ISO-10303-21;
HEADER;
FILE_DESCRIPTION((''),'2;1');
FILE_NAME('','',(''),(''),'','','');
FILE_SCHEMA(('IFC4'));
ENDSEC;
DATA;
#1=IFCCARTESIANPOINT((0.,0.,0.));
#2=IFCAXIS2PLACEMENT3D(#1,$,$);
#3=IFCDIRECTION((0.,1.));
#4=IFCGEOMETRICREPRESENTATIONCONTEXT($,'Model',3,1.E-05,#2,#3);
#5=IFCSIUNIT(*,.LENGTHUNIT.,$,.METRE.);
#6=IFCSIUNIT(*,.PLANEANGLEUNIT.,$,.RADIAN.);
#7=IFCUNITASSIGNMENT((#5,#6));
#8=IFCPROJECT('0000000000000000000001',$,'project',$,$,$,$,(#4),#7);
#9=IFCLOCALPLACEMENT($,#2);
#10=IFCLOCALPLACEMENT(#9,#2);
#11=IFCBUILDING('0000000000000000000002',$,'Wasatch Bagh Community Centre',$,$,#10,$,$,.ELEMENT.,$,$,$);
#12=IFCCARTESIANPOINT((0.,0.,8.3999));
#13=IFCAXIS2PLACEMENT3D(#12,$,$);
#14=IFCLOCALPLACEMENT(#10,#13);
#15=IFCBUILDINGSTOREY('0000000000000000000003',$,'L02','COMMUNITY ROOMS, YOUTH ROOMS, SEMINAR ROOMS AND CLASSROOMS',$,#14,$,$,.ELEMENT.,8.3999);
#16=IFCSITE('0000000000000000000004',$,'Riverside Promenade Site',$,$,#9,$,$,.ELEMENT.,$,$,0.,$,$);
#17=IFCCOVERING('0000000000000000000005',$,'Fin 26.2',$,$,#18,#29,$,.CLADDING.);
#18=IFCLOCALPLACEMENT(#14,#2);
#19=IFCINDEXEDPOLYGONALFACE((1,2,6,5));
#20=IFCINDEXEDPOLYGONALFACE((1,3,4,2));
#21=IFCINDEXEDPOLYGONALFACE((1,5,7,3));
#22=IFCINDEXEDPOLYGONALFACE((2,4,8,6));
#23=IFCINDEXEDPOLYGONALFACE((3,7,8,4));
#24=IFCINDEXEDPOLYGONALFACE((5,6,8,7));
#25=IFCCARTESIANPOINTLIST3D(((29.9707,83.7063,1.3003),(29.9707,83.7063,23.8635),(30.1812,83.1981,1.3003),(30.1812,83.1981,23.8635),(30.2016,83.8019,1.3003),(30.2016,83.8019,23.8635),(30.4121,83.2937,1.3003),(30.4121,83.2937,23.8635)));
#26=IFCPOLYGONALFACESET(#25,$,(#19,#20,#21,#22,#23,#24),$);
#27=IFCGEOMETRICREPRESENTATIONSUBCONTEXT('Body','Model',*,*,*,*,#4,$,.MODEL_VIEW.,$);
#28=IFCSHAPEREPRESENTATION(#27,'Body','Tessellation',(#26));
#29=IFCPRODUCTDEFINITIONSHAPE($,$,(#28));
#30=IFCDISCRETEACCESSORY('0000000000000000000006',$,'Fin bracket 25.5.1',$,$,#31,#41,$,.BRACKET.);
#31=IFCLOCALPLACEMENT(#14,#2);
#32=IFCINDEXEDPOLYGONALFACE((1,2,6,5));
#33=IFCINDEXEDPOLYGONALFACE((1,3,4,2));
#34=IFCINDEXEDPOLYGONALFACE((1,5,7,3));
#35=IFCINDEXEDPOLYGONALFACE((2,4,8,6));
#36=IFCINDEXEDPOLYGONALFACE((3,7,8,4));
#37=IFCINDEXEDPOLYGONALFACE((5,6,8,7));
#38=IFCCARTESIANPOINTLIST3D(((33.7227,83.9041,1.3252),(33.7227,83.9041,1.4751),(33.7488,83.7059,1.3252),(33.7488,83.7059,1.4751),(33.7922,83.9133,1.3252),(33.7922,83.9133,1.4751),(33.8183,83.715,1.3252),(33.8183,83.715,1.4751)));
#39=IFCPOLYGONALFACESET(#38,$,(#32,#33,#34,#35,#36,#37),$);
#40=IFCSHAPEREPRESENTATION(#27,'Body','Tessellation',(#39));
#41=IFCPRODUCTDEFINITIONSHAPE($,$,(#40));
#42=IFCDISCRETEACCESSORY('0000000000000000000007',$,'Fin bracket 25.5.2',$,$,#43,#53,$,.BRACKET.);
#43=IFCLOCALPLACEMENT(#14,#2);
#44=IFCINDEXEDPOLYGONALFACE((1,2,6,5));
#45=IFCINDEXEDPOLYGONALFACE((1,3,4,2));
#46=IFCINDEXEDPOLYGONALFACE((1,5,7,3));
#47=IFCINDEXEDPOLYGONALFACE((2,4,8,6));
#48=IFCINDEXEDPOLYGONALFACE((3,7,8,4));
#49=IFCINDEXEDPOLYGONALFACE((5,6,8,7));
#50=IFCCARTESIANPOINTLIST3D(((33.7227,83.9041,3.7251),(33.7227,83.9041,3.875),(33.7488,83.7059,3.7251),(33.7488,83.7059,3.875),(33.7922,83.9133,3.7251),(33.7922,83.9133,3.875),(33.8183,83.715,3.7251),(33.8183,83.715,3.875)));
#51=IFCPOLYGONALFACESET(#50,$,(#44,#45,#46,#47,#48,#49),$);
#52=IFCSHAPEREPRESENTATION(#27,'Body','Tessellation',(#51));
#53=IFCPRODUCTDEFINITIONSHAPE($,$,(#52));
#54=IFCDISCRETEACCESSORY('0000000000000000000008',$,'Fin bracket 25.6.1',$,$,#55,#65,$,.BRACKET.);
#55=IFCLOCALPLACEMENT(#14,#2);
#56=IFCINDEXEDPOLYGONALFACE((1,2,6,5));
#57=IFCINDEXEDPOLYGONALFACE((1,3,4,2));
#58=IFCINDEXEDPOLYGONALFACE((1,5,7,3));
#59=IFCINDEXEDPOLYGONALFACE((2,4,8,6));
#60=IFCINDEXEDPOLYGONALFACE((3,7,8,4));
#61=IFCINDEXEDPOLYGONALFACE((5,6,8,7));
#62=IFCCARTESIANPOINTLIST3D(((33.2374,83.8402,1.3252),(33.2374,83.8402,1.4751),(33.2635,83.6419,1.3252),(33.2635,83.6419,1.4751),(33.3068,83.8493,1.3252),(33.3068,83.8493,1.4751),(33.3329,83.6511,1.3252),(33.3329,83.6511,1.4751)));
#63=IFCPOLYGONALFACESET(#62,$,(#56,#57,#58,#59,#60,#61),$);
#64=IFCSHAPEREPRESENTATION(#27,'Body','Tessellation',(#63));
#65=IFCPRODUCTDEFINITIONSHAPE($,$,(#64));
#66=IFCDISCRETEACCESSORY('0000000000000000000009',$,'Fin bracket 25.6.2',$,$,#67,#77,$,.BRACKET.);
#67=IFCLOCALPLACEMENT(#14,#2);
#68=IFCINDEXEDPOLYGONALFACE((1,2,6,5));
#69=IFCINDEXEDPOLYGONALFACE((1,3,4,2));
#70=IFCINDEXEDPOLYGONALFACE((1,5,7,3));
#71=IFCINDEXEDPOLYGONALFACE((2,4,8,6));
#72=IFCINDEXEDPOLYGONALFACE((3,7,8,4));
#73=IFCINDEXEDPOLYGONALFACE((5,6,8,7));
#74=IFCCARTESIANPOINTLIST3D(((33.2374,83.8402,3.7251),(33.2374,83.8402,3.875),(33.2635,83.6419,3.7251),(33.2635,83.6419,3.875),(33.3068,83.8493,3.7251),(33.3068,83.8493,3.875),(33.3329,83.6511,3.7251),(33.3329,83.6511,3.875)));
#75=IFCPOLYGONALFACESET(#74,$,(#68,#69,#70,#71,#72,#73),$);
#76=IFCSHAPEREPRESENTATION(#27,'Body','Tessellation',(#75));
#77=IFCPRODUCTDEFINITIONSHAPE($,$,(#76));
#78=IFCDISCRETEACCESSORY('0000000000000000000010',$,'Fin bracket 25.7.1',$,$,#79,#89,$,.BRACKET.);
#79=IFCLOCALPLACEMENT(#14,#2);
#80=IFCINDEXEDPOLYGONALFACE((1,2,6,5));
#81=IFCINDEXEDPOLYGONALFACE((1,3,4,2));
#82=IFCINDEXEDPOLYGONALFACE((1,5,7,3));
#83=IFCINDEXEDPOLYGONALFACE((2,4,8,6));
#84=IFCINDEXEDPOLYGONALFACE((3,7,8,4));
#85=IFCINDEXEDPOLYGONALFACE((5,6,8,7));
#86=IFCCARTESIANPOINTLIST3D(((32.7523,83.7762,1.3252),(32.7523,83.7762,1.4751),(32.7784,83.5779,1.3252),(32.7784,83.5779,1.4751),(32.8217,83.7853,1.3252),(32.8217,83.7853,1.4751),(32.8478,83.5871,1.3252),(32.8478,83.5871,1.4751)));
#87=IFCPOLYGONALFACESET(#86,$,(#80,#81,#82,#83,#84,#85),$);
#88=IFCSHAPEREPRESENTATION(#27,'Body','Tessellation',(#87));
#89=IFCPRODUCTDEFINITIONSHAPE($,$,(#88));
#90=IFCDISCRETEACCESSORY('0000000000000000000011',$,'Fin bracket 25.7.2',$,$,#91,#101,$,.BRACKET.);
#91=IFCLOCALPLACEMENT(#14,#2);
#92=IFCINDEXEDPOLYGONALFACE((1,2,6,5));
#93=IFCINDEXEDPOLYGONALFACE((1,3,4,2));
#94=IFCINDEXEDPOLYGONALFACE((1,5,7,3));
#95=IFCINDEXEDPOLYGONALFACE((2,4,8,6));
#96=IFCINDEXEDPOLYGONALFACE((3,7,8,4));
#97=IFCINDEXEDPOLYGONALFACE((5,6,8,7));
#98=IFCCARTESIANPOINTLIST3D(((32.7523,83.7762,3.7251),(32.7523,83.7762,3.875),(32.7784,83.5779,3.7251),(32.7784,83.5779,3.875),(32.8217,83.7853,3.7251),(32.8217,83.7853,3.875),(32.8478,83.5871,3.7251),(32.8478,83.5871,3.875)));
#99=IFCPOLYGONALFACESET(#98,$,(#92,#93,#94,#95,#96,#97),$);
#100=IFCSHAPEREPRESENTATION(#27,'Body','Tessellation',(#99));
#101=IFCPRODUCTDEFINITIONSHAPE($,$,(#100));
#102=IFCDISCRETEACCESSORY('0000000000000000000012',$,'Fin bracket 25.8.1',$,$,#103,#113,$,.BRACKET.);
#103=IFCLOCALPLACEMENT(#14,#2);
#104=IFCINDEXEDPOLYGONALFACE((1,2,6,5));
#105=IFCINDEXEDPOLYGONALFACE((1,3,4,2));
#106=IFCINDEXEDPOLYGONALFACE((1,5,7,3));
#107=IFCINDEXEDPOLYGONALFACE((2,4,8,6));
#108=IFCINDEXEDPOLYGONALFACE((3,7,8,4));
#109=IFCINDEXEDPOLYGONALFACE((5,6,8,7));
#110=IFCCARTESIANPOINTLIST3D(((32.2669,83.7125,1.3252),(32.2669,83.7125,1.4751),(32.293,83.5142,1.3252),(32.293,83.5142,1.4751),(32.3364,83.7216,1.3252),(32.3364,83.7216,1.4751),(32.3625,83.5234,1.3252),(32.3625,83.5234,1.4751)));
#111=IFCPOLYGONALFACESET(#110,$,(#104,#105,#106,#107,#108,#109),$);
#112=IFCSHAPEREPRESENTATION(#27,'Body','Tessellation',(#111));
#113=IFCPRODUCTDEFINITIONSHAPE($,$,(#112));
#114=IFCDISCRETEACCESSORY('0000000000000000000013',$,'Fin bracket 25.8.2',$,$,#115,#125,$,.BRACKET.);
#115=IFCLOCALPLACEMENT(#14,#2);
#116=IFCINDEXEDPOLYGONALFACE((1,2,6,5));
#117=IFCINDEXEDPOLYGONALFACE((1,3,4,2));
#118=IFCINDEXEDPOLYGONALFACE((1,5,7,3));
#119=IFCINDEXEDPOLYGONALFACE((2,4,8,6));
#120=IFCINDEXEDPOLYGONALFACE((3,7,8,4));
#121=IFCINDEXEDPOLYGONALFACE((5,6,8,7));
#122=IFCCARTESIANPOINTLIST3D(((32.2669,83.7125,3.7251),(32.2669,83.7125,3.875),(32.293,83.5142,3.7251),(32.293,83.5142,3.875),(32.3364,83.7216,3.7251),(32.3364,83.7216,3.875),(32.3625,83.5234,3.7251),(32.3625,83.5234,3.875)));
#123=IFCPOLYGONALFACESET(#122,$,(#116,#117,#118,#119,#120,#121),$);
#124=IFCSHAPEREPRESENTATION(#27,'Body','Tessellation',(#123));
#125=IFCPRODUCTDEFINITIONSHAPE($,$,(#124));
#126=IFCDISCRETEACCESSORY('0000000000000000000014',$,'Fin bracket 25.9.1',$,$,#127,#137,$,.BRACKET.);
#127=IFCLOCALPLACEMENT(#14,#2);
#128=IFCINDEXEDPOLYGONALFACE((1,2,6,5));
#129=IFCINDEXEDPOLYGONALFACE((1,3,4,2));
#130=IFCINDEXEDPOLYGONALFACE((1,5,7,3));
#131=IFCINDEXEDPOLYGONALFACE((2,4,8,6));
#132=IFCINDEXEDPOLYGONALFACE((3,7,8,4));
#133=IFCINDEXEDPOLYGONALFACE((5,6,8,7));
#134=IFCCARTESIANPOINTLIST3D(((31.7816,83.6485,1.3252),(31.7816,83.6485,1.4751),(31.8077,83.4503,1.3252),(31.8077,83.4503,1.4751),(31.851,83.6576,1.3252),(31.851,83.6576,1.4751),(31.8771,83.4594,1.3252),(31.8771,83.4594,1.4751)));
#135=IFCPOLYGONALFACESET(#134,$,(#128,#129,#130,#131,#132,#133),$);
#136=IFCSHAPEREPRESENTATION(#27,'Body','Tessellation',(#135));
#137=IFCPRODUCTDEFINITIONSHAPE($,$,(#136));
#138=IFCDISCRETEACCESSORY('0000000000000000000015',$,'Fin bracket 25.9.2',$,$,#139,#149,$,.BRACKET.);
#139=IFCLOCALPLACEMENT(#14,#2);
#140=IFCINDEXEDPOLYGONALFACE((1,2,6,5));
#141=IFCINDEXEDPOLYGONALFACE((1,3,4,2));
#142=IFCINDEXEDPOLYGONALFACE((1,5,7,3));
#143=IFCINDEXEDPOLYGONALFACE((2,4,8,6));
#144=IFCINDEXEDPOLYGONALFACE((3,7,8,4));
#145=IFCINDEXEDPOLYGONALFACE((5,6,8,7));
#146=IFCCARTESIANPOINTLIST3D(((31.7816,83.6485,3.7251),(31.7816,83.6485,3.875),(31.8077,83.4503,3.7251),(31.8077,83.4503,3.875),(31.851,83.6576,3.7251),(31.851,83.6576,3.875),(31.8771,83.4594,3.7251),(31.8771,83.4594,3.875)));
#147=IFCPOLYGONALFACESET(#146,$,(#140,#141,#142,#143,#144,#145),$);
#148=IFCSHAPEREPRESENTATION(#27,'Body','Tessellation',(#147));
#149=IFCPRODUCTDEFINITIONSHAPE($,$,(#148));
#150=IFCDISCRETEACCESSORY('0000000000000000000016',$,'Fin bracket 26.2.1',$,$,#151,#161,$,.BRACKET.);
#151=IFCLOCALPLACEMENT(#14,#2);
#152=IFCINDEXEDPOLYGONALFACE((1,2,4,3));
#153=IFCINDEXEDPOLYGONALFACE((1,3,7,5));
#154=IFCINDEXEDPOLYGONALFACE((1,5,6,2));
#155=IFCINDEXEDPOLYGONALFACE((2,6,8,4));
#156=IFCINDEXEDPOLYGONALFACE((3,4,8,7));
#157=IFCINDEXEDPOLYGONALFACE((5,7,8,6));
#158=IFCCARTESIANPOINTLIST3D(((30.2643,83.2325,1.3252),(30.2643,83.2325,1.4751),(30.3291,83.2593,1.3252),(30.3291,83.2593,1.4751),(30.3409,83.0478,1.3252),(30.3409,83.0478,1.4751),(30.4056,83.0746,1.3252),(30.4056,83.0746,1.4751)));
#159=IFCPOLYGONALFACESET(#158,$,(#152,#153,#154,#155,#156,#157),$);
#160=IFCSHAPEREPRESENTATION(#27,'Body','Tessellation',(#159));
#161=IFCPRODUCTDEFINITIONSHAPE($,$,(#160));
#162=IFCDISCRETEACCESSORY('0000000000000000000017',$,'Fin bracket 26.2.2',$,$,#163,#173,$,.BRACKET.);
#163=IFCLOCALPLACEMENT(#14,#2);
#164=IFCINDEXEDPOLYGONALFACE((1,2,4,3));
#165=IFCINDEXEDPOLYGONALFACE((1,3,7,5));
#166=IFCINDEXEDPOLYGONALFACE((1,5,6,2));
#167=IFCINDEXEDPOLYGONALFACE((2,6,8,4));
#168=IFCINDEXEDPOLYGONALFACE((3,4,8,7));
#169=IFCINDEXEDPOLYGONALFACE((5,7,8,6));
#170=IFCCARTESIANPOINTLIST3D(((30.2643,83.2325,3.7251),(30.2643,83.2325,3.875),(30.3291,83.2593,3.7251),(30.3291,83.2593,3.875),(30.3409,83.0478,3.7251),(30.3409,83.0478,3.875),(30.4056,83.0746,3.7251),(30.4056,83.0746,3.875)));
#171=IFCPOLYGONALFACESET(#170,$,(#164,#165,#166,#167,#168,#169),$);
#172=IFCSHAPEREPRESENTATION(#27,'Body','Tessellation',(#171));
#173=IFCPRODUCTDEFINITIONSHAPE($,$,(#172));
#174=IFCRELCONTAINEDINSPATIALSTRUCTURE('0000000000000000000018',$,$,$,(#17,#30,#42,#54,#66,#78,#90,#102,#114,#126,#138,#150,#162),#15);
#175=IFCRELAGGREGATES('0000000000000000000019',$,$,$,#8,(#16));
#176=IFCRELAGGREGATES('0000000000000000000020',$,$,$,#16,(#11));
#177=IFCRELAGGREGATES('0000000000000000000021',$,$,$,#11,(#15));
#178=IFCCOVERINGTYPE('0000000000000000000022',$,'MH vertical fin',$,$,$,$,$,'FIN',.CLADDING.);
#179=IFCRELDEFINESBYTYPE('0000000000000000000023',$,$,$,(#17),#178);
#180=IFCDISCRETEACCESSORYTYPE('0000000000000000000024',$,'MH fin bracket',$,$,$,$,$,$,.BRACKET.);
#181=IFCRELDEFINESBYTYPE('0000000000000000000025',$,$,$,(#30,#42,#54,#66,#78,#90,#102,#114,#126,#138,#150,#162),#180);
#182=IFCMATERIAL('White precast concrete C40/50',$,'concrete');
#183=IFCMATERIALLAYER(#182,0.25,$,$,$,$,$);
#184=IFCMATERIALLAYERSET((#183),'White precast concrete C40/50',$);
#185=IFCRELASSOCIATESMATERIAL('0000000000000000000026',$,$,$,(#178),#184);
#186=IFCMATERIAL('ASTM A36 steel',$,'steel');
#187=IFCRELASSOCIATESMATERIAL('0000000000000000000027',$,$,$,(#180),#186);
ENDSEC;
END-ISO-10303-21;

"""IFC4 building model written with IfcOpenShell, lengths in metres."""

from ifc_helpers import new_model, si_unit, direction, frame, origin, origin_2d, place, context, subcontext, project, spatial, rectangle, extrude, material, layer, layer_set, type_object, element, save


model = new_model("IFC4")

# Units and contexts
model_context = context("Model", 3, precision=1e-05, world=origin(), true_north=direction((0.0, 1.0)))
body_context = subcontext(model_context, "Body", "Model", "MODEL_VIEW")
ifc_project = project(units=[si_unit("LENGTHUNIT", "METRE"), si_unit("PLANEANGLEUNIT", "RADIAN")], contexts=[model_context])

# Site, building, storey
site_placement = place(None, origin())
site = spatial("IfcSite", under=ifc_project, at=site_placement, Name="Riverside Promenade Site", CompositionType="ELEMENT", RefElevation=0.0)
building_placement = place(site_placement, origin())
building = spatial("IfcBuilding", under=site, at=building_placement, Name="Wasatch Bagh Community Centre", CompositionType="ELEMENT")
storey_placement = place(building_placement, frame((0.0, 0.0, 8.3999)))
storey = spatial("IfcBuildingStorey", under=building, at=storey_placement, Name="L02", Description="COMMUNITY ROOMS, YOUTH ROOMS, SEMINAR ROOMS AND CLASSROOMS", CompositionType="ELEMENT", Elevation=8.3999)

# Covering
ifc_material_1 = material(Name="White precast concrete C40/50", Category="concrete")
ifc_layer_1 = layer(ifc_material_1, 0.25)
ifc_layer_set_1 = layer_set([ifc_layer_1], Name="White precast concrete C40/50")
covering_type_1 = type_object("IfcCoveringType", Name="MH vertical fin", ElementType="FIN", PredefinedType="CLADDING", material=ifc_layer_set_1)
covering_1_placement = place(storey_placement, frame((30.1914, 83.5, 1.3003), z_axis=(0.0, 0.0, 1.0), x_axis=(-0.92388, -0.382683, 0.0)))
element("IfcCovering", 1, at=covering_1_placement, inside=storey, type_object=covering_type_1, Name="Fin 26.2", PredefinedType="CLADDING", context=body_context, shape_type="SweptSolid", body=[
    extrude(rectangle(XDim=0.25, YDim=0.55, at=origin_2d()), origin(), (0.0, 0.0, 1.0), 22.5632),
])

# Discrete accessories
ifc_material_2 = material(Name="ASTM A36 steel", Category="steel")
discrete_accessory_type = type_object("IfcDiscreteAccessoryType", Name="MH fin bracket", PredefinedType="BRACKET", material=ifc_material_2)
for number, where, z_axis, x_axis, name in (
    (2, (33.7705, 83.8096, 1.3252), (0.0, 0.0, 1.0), (-0.991445, -0.130526, 0.0), "Fin bracket 25.5.1"),
    (3, (33.7705, 83.8096, 3.7251), (0.0, 0.0, 1.0), (-0.991445, -0.130526, 0.0), "Fin bracket 25.5.2"),
    (4, (33.2852, 83.7456, 1.3252), (0.0, 0.0, 1.0), (-0.991445, -0.130526, 0.0), "Fin bracket 25.6.1"),
    (5, (33.2852, 83.7456, 3.7251), (0.0, 0.0, 1.0), (-0.991445, -0.130526, 0.0), "Fin bracket 25.6.2"),
    (6, (32.8, 83.6816, 1.3252), (0.0, 0.0, 1.0), (-0.991445, -0.130526, 0.0), "Fin bracket 25.7.1"),
    (7, (32.8, 83.6816, 3.7251), (0.0, 0.0, 1.0), (-0.991445, -0.130526, 0.0), "Fin bracket 25.7.2"),
    (8, (32.3147, 83.6179, 1.3252), (0.0, 0.0, 1.0), (-0.991445, -0.130526, 0.0), "Fin bracket 25.8.1"),
    (9, (32.3147, 83.6179, 3.7251), (0.0, 0.0, 1.0), (-0.991445, -0.130526, 0.0), "Fin bracket 25.8.2"),
    (10, (31.8293, 83.554, 1.3252), (0.0, 0.0, 1.0), (-0.991445, -0.130526, 0.0), "Fin bracket 25.9.1"),
    (11, (31.8293, 83.554, 3.7251), (0.0, 0.0, 1.0), (-0.991445, -0.130526, 0.0), "Fin bracket 25.9.2"),
    (12, (30.335, 83.1536, 1.3252), (0.0, 0.0, 1.0), (-0.92388, -0.382683, 0.0), "Fin bracket 26.2.1"),
    (13, (30.335, 83.1536, 3.7251), (0.0, 0.0, 1.0), (-0.92388, -0.382683, 0.0), "Fin bracket 26.2.2"),
):
    element("IfcDiscreteAccessory", number, at=place(storey_placement, frame(where, z_axis=z_axis, x_axis=x_axis)), inside=storey, type_object=discrete_accessory_type, Name=name, PredefinedType="BRACKET", context=body_context, shape_type="SweptSolid", body=[
        extrude(rectangle(XDim=0.0701, YDim=0.2, at=origin_2d()), origin(), (0.0, 0.0, 1.0), 0.1499),
    ])

save(model, "model.ifc")
